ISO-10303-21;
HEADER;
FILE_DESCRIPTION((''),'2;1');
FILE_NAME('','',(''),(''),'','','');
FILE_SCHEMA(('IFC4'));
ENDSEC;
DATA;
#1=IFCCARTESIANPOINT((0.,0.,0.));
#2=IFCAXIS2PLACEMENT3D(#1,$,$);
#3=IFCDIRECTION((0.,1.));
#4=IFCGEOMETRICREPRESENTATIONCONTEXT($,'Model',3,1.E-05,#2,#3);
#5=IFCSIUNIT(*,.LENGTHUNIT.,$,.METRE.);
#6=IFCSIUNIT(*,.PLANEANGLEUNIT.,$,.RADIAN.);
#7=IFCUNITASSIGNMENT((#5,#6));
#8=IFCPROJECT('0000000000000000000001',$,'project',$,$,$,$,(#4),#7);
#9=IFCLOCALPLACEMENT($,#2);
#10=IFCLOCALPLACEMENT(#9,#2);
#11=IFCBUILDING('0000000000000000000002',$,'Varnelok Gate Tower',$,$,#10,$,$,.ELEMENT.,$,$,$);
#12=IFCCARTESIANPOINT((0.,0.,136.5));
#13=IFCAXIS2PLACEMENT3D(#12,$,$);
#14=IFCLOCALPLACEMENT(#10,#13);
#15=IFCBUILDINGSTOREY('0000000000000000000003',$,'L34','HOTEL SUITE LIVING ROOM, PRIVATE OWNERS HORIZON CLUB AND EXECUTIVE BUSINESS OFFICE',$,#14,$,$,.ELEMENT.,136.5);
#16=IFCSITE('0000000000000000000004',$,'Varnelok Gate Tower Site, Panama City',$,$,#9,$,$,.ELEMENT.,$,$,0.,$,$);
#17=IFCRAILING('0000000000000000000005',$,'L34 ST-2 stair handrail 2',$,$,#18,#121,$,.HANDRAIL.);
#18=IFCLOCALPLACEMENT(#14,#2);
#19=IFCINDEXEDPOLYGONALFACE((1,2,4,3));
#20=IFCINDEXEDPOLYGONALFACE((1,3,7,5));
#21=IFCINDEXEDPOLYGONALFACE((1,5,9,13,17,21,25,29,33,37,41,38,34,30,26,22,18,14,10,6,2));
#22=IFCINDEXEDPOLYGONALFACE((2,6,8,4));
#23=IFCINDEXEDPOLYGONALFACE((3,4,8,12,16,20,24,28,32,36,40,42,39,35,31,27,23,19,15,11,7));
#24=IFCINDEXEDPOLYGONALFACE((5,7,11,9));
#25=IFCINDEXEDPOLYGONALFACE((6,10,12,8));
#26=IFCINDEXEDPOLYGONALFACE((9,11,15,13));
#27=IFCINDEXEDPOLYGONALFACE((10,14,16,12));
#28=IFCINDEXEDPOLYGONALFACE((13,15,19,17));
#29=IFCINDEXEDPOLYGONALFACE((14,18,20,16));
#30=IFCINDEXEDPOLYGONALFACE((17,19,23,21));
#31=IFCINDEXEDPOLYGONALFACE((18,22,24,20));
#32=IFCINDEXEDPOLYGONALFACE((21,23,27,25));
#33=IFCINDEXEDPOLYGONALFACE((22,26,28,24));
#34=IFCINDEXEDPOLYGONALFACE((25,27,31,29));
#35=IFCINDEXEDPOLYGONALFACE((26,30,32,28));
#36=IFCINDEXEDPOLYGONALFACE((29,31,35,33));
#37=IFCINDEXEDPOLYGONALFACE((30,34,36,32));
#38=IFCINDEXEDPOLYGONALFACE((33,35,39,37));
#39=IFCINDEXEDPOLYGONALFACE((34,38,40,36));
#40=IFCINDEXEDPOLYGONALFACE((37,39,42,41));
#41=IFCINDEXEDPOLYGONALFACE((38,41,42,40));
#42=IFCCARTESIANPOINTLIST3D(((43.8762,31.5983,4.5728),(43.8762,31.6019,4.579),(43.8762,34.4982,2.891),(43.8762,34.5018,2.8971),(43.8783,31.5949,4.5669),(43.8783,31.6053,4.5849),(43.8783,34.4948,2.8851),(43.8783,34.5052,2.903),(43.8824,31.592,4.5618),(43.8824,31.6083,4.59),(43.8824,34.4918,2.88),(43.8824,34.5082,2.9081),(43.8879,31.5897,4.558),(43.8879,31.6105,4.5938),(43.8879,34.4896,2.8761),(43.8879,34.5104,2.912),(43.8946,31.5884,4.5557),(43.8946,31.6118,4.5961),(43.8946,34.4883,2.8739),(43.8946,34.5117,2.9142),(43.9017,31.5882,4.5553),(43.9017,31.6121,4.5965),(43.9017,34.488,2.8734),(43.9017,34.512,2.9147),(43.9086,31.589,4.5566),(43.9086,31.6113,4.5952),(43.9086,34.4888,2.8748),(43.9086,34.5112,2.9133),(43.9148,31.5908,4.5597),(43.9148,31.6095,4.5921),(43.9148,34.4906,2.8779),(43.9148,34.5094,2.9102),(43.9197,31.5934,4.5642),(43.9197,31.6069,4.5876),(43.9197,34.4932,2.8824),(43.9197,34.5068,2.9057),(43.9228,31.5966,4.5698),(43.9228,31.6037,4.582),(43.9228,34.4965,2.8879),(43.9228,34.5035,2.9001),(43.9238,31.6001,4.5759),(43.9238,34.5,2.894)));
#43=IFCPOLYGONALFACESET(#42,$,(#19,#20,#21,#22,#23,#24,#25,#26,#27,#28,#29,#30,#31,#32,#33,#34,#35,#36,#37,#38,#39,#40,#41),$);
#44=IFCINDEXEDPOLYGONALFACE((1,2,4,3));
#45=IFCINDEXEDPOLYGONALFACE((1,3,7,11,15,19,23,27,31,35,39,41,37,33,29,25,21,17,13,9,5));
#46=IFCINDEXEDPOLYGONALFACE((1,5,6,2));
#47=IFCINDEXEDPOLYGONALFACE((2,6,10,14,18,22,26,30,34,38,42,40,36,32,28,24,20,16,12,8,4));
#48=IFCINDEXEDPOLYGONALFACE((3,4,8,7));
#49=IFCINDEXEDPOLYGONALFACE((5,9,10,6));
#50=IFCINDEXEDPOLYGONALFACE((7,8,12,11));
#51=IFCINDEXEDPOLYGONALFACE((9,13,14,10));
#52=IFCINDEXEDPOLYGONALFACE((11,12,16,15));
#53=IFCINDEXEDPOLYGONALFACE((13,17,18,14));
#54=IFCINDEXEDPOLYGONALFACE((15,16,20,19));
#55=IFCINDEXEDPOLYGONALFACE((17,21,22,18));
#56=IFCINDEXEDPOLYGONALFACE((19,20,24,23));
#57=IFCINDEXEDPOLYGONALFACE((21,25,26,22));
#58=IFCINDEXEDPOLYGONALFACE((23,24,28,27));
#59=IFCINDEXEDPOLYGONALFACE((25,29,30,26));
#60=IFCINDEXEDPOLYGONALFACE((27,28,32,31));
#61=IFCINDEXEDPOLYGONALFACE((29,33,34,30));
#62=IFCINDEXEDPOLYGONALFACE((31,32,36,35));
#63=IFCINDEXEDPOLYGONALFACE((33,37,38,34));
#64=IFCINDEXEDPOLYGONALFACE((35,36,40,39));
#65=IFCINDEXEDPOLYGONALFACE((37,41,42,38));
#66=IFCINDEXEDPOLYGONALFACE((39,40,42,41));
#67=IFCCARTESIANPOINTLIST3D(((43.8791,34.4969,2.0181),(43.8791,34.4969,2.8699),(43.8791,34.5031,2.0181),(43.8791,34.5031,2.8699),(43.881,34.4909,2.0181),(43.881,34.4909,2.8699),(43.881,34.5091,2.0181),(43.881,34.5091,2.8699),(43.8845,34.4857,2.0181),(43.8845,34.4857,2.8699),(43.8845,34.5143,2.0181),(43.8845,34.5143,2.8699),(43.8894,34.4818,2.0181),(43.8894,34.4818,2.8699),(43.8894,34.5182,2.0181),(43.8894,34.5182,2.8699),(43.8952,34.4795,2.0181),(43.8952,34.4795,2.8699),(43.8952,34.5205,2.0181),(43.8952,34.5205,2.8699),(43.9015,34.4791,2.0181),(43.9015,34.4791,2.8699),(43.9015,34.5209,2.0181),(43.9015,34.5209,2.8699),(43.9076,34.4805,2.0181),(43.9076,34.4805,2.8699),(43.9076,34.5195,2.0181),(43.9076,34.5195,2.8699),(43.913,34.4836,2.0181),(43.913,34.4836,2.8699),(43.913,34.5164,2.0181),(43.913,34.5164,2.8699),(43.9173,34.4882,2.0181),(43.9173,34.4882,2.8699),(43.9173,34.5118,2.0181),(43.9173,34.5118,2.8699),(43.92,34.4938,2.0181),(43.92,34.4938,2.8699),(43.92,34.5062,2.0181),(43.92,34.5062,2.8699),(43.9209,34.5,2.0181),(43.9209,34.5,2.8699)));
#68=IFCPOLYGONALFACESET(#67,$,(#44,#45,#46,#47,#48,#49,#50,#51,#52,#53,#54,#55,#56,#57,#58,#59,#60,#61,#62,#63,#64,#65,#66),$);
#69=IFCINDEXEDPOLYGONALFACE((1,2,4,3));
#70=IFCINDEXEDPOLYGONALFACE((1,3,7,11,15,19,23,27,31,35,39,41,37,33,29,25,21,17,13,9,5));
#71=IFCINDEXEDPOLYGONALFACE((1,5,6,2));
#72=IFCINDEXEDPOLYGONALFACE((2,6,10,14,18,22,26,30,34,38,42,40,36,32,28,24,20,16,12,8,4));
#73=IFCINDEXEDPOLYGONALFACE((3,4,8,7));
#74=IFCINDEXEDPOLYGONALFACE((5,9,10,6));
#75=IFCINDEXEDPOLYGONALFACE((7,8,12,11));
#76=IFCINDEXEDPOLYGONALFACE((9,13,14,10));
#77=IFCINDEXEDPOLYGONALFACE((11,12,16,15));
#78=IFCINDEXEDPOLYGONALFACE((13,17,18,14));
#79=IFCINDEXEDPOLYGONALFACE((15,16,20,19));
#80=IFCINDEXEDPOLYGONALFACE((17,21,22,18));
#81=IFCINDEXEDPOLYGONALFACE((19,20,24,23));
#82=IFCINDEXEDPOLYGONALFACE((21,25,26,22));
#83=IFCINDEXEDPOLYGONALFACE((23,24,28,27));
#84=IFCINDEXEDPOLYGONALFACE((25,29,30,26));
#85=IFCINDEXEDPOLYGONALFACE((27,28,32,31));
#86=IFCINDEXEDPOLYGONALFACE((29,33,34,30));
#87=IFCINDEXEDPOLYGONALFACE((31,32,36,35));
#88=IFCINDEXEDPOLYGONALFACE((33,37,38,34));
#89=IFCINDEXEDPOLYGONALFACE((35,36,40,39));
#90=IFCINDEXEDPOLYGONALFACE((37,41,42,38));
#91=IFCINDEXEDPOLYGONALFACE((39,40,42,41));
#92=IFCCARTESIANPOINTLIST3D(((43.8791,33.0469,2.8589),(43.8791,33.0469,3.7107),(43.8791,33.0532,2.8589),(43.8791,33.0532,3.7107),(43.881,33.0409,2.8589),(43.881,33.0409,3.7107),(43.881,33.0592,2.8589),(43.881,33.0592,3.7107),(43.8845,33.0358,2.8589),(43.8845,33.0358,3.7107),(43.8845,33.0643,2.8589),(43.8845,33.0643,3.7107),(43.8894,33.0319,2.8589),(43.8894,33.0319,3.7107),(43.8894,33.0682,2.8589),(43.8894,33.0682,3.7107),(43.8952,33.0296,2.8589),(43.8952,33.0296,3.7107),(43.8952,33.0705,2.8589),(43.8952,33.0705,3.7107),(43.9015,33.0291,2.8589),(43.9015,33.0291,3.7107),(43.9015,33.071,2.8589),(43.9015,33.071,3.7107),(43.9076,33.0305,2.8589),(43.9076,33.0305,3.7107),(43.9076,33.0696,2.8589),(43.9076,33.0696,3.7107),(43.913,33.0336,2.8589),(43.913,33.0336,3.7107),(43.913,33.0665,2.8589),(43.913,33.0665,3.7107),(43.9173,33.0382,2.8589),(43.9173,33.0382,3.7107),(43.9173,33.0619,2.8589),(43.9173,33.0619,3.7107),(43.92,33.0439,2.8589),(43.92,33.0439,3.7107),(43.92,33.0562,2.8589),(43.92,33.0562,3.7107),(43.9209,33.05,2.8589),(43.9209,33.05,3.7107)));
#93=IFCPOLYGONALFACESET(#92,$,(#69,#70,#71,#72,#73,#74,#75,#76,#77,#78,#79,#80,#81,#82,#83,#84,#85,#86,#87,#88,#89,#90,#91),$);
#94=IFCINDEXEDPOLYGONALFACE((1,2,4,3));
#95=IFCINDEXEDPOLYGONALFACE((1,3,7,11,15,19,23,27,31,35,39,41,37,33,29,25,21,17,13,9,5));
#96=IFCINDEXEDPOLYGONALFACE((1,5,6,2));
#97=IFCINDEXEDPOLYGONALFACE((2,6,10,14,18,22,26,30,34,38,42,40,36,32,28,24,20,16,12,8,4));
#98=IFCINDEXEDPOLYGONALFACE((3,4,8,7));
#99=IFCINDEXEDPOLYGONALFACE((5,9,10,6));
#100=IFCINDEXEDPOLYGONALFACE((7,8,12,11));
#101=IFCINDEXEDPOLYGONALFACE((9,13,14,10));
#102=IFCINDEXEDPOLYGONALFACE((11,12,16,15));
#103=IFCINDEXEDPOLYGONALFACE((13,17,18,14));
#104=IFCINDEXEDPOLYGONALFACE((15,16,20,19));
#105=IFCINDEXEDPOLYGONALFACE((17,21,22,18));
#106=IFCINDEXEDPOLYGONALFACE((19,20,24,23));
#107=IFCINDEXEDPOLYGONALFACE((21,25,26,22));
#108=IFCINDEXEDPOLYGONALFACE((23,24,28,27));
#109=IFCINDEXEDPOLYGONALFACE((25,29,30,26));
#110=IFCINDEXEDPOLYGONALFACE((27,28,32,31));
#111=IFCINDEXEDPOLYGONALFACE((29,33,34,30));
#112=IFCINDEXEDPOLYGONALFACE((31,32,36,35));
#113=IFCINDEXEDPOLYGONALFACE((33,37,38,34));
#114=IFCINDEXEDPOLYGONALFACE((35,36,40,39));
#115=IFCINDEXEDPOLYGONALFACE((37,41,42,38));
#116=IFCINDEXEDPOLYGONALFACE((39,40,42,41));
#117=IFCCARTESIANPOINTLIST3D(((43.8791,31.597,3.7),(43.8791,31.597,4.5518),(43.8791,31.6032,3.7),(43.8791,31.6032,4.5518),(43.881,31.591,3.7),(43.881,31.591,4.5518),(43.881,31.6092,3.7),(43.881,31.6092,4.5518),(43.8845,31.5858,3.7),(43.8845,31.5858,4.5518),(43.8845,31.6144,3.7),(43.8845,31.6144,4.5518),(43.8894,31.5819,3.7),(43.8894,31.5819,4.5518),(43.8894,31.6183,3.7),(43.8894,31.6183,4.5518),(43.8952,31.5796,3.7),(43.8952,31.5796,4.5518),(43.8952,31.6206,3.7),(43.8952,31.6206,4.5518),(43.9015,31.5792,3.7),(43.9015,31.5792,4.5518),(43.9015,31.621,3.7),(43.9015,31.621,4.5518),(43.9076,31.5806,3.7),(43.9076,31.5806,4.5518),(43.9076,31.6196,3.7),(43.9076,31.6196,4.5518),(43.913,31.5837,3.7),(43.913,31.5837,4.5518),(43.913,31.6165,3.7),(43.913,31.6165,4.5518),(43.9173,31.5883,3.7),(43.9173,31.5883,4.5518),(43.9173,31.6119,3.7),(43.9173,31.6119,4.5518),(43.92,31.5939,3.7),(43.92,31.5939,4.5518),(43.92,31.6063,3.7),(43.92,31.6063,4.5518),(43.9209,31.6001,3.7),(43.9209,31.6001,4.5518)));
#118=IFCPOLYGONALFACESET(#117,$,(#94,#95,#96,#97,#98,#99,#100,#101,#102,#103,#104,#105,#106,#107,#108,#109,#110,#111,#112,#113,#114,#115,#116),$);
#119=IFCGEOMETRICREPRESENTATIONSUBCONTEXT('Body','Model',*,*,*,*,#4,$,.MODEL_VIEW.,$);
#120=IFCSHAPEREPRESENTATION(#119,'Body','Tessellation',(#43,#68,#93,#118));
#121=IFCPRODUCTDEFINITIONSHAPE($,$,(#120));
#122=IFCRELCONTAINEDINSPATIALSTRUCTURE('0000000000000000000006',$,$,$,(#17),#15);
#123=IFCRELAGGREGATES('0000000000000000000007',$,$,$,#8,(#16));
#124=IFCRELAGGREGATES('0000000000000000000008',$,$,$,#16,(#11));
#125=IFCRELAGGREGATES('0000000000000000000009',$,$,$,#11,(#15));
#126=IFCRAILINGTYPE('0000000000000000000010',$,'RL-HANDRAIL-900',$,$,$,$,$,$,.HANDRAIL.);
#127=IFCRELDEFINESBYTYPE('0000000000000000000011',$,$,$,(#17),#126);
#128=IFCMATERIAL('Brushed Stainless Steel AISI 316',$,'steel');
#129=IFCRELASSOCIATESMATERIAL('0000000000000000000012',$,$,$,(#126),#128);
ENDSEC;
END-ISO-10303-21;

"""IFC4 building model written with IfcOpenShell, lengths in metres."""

from ifc_helpers import new_model, si_unit, direction, frame, origin, origin_2d, place, context, subcontext, project, spatial, circle, extrude, material, type_object, element, save


model = new_model("IFC4")

# Units and contexts
model_context = context("Model", 3, precision=1e-05, world=origin(), true_north=direction((0.0, 1.0)))
body_context = subcontext(model_context, "Body", "Model", "MODEL_VIEW")
ifc_project = project(units=[si_unit("LENGTHUNIT", "METRE"), si_unit("PLANEANGLEUNIT", "RADIAN")], contexts=[model_context])

# Site, building, storey
site_placement = place(None, origin())
site = spatial("IfcSite", under=ifc_project, at=site_placement, Name="Varnelok Gate Tower Site, Panama City", CompositionType="ELEMENT", RefElevation=0.0)
building_placement = place(site_placement, origin())
building = spatial("IfcBuilding", under=site, at=building_placement, Name="Varnelok Gate Tower", CompositionType="ELEMENT")
storey_placement = place(building_placement, frame((0.0, 0.0, 136.5)))
storey = spatial("IfcBuildingStorey", under=building, at=storey_placement, Name="L34", Description="HOTEL SUITE LIVING ROOM, PRIVATE OWNERS HORIZON CLUB AND EXECUTIVE BUSINESS OFFICE", CompositionType="ELEMENT", Elevation=136.5)

# Railing
ifc_material_1 = material(Name="Brushed Stainless Steel AISI 316", Category="steel")
railing_type_1 = type_object("IfcRailingType", Name="RL-HANDRAIL-900", PredefinedType="HANDRAIL", material=ifc_material_1)
railing_1_placement = place(storey_placement, frame((43.8999, 34.5, 2.0181)))
element("IfcRailing", 1, at=railing_1_placement, inside=storey, type_object=railing_type_1, Name="L34 ST-2 stair handrail 2", PredefinedType="HANDRAIL", context=body_context, shape_type="SweptSolid", body=[
    extrude(circle(Radius=0.0239, at=origin_2d()), frame((0.0, 0.0, 0.876), z_axis=(0.0, -0.865039, 0.501705), x_axis=(1.0, 0.0, 0.0)), (0.0, 0.0, 1.0), 3.3523),
    extrude(circle(Radius=0.021, at=origin_2d()), origin(), (0.0, 0.0, 1.0), 0.8518),
    extrude(circle(Radius=0.021, at=origin_2d()), frame((0.0, -1.45, 0.8408)), (0.0, 0.0, 1.0), 0.8518),
    extrude(circle(Radius=0.021, at=origin_2d()), frame((0.0, -2.8999, 1.6819)), (0.0, 0.0, 1.0), 0.8518),
])

save(model, "model.ifc")
